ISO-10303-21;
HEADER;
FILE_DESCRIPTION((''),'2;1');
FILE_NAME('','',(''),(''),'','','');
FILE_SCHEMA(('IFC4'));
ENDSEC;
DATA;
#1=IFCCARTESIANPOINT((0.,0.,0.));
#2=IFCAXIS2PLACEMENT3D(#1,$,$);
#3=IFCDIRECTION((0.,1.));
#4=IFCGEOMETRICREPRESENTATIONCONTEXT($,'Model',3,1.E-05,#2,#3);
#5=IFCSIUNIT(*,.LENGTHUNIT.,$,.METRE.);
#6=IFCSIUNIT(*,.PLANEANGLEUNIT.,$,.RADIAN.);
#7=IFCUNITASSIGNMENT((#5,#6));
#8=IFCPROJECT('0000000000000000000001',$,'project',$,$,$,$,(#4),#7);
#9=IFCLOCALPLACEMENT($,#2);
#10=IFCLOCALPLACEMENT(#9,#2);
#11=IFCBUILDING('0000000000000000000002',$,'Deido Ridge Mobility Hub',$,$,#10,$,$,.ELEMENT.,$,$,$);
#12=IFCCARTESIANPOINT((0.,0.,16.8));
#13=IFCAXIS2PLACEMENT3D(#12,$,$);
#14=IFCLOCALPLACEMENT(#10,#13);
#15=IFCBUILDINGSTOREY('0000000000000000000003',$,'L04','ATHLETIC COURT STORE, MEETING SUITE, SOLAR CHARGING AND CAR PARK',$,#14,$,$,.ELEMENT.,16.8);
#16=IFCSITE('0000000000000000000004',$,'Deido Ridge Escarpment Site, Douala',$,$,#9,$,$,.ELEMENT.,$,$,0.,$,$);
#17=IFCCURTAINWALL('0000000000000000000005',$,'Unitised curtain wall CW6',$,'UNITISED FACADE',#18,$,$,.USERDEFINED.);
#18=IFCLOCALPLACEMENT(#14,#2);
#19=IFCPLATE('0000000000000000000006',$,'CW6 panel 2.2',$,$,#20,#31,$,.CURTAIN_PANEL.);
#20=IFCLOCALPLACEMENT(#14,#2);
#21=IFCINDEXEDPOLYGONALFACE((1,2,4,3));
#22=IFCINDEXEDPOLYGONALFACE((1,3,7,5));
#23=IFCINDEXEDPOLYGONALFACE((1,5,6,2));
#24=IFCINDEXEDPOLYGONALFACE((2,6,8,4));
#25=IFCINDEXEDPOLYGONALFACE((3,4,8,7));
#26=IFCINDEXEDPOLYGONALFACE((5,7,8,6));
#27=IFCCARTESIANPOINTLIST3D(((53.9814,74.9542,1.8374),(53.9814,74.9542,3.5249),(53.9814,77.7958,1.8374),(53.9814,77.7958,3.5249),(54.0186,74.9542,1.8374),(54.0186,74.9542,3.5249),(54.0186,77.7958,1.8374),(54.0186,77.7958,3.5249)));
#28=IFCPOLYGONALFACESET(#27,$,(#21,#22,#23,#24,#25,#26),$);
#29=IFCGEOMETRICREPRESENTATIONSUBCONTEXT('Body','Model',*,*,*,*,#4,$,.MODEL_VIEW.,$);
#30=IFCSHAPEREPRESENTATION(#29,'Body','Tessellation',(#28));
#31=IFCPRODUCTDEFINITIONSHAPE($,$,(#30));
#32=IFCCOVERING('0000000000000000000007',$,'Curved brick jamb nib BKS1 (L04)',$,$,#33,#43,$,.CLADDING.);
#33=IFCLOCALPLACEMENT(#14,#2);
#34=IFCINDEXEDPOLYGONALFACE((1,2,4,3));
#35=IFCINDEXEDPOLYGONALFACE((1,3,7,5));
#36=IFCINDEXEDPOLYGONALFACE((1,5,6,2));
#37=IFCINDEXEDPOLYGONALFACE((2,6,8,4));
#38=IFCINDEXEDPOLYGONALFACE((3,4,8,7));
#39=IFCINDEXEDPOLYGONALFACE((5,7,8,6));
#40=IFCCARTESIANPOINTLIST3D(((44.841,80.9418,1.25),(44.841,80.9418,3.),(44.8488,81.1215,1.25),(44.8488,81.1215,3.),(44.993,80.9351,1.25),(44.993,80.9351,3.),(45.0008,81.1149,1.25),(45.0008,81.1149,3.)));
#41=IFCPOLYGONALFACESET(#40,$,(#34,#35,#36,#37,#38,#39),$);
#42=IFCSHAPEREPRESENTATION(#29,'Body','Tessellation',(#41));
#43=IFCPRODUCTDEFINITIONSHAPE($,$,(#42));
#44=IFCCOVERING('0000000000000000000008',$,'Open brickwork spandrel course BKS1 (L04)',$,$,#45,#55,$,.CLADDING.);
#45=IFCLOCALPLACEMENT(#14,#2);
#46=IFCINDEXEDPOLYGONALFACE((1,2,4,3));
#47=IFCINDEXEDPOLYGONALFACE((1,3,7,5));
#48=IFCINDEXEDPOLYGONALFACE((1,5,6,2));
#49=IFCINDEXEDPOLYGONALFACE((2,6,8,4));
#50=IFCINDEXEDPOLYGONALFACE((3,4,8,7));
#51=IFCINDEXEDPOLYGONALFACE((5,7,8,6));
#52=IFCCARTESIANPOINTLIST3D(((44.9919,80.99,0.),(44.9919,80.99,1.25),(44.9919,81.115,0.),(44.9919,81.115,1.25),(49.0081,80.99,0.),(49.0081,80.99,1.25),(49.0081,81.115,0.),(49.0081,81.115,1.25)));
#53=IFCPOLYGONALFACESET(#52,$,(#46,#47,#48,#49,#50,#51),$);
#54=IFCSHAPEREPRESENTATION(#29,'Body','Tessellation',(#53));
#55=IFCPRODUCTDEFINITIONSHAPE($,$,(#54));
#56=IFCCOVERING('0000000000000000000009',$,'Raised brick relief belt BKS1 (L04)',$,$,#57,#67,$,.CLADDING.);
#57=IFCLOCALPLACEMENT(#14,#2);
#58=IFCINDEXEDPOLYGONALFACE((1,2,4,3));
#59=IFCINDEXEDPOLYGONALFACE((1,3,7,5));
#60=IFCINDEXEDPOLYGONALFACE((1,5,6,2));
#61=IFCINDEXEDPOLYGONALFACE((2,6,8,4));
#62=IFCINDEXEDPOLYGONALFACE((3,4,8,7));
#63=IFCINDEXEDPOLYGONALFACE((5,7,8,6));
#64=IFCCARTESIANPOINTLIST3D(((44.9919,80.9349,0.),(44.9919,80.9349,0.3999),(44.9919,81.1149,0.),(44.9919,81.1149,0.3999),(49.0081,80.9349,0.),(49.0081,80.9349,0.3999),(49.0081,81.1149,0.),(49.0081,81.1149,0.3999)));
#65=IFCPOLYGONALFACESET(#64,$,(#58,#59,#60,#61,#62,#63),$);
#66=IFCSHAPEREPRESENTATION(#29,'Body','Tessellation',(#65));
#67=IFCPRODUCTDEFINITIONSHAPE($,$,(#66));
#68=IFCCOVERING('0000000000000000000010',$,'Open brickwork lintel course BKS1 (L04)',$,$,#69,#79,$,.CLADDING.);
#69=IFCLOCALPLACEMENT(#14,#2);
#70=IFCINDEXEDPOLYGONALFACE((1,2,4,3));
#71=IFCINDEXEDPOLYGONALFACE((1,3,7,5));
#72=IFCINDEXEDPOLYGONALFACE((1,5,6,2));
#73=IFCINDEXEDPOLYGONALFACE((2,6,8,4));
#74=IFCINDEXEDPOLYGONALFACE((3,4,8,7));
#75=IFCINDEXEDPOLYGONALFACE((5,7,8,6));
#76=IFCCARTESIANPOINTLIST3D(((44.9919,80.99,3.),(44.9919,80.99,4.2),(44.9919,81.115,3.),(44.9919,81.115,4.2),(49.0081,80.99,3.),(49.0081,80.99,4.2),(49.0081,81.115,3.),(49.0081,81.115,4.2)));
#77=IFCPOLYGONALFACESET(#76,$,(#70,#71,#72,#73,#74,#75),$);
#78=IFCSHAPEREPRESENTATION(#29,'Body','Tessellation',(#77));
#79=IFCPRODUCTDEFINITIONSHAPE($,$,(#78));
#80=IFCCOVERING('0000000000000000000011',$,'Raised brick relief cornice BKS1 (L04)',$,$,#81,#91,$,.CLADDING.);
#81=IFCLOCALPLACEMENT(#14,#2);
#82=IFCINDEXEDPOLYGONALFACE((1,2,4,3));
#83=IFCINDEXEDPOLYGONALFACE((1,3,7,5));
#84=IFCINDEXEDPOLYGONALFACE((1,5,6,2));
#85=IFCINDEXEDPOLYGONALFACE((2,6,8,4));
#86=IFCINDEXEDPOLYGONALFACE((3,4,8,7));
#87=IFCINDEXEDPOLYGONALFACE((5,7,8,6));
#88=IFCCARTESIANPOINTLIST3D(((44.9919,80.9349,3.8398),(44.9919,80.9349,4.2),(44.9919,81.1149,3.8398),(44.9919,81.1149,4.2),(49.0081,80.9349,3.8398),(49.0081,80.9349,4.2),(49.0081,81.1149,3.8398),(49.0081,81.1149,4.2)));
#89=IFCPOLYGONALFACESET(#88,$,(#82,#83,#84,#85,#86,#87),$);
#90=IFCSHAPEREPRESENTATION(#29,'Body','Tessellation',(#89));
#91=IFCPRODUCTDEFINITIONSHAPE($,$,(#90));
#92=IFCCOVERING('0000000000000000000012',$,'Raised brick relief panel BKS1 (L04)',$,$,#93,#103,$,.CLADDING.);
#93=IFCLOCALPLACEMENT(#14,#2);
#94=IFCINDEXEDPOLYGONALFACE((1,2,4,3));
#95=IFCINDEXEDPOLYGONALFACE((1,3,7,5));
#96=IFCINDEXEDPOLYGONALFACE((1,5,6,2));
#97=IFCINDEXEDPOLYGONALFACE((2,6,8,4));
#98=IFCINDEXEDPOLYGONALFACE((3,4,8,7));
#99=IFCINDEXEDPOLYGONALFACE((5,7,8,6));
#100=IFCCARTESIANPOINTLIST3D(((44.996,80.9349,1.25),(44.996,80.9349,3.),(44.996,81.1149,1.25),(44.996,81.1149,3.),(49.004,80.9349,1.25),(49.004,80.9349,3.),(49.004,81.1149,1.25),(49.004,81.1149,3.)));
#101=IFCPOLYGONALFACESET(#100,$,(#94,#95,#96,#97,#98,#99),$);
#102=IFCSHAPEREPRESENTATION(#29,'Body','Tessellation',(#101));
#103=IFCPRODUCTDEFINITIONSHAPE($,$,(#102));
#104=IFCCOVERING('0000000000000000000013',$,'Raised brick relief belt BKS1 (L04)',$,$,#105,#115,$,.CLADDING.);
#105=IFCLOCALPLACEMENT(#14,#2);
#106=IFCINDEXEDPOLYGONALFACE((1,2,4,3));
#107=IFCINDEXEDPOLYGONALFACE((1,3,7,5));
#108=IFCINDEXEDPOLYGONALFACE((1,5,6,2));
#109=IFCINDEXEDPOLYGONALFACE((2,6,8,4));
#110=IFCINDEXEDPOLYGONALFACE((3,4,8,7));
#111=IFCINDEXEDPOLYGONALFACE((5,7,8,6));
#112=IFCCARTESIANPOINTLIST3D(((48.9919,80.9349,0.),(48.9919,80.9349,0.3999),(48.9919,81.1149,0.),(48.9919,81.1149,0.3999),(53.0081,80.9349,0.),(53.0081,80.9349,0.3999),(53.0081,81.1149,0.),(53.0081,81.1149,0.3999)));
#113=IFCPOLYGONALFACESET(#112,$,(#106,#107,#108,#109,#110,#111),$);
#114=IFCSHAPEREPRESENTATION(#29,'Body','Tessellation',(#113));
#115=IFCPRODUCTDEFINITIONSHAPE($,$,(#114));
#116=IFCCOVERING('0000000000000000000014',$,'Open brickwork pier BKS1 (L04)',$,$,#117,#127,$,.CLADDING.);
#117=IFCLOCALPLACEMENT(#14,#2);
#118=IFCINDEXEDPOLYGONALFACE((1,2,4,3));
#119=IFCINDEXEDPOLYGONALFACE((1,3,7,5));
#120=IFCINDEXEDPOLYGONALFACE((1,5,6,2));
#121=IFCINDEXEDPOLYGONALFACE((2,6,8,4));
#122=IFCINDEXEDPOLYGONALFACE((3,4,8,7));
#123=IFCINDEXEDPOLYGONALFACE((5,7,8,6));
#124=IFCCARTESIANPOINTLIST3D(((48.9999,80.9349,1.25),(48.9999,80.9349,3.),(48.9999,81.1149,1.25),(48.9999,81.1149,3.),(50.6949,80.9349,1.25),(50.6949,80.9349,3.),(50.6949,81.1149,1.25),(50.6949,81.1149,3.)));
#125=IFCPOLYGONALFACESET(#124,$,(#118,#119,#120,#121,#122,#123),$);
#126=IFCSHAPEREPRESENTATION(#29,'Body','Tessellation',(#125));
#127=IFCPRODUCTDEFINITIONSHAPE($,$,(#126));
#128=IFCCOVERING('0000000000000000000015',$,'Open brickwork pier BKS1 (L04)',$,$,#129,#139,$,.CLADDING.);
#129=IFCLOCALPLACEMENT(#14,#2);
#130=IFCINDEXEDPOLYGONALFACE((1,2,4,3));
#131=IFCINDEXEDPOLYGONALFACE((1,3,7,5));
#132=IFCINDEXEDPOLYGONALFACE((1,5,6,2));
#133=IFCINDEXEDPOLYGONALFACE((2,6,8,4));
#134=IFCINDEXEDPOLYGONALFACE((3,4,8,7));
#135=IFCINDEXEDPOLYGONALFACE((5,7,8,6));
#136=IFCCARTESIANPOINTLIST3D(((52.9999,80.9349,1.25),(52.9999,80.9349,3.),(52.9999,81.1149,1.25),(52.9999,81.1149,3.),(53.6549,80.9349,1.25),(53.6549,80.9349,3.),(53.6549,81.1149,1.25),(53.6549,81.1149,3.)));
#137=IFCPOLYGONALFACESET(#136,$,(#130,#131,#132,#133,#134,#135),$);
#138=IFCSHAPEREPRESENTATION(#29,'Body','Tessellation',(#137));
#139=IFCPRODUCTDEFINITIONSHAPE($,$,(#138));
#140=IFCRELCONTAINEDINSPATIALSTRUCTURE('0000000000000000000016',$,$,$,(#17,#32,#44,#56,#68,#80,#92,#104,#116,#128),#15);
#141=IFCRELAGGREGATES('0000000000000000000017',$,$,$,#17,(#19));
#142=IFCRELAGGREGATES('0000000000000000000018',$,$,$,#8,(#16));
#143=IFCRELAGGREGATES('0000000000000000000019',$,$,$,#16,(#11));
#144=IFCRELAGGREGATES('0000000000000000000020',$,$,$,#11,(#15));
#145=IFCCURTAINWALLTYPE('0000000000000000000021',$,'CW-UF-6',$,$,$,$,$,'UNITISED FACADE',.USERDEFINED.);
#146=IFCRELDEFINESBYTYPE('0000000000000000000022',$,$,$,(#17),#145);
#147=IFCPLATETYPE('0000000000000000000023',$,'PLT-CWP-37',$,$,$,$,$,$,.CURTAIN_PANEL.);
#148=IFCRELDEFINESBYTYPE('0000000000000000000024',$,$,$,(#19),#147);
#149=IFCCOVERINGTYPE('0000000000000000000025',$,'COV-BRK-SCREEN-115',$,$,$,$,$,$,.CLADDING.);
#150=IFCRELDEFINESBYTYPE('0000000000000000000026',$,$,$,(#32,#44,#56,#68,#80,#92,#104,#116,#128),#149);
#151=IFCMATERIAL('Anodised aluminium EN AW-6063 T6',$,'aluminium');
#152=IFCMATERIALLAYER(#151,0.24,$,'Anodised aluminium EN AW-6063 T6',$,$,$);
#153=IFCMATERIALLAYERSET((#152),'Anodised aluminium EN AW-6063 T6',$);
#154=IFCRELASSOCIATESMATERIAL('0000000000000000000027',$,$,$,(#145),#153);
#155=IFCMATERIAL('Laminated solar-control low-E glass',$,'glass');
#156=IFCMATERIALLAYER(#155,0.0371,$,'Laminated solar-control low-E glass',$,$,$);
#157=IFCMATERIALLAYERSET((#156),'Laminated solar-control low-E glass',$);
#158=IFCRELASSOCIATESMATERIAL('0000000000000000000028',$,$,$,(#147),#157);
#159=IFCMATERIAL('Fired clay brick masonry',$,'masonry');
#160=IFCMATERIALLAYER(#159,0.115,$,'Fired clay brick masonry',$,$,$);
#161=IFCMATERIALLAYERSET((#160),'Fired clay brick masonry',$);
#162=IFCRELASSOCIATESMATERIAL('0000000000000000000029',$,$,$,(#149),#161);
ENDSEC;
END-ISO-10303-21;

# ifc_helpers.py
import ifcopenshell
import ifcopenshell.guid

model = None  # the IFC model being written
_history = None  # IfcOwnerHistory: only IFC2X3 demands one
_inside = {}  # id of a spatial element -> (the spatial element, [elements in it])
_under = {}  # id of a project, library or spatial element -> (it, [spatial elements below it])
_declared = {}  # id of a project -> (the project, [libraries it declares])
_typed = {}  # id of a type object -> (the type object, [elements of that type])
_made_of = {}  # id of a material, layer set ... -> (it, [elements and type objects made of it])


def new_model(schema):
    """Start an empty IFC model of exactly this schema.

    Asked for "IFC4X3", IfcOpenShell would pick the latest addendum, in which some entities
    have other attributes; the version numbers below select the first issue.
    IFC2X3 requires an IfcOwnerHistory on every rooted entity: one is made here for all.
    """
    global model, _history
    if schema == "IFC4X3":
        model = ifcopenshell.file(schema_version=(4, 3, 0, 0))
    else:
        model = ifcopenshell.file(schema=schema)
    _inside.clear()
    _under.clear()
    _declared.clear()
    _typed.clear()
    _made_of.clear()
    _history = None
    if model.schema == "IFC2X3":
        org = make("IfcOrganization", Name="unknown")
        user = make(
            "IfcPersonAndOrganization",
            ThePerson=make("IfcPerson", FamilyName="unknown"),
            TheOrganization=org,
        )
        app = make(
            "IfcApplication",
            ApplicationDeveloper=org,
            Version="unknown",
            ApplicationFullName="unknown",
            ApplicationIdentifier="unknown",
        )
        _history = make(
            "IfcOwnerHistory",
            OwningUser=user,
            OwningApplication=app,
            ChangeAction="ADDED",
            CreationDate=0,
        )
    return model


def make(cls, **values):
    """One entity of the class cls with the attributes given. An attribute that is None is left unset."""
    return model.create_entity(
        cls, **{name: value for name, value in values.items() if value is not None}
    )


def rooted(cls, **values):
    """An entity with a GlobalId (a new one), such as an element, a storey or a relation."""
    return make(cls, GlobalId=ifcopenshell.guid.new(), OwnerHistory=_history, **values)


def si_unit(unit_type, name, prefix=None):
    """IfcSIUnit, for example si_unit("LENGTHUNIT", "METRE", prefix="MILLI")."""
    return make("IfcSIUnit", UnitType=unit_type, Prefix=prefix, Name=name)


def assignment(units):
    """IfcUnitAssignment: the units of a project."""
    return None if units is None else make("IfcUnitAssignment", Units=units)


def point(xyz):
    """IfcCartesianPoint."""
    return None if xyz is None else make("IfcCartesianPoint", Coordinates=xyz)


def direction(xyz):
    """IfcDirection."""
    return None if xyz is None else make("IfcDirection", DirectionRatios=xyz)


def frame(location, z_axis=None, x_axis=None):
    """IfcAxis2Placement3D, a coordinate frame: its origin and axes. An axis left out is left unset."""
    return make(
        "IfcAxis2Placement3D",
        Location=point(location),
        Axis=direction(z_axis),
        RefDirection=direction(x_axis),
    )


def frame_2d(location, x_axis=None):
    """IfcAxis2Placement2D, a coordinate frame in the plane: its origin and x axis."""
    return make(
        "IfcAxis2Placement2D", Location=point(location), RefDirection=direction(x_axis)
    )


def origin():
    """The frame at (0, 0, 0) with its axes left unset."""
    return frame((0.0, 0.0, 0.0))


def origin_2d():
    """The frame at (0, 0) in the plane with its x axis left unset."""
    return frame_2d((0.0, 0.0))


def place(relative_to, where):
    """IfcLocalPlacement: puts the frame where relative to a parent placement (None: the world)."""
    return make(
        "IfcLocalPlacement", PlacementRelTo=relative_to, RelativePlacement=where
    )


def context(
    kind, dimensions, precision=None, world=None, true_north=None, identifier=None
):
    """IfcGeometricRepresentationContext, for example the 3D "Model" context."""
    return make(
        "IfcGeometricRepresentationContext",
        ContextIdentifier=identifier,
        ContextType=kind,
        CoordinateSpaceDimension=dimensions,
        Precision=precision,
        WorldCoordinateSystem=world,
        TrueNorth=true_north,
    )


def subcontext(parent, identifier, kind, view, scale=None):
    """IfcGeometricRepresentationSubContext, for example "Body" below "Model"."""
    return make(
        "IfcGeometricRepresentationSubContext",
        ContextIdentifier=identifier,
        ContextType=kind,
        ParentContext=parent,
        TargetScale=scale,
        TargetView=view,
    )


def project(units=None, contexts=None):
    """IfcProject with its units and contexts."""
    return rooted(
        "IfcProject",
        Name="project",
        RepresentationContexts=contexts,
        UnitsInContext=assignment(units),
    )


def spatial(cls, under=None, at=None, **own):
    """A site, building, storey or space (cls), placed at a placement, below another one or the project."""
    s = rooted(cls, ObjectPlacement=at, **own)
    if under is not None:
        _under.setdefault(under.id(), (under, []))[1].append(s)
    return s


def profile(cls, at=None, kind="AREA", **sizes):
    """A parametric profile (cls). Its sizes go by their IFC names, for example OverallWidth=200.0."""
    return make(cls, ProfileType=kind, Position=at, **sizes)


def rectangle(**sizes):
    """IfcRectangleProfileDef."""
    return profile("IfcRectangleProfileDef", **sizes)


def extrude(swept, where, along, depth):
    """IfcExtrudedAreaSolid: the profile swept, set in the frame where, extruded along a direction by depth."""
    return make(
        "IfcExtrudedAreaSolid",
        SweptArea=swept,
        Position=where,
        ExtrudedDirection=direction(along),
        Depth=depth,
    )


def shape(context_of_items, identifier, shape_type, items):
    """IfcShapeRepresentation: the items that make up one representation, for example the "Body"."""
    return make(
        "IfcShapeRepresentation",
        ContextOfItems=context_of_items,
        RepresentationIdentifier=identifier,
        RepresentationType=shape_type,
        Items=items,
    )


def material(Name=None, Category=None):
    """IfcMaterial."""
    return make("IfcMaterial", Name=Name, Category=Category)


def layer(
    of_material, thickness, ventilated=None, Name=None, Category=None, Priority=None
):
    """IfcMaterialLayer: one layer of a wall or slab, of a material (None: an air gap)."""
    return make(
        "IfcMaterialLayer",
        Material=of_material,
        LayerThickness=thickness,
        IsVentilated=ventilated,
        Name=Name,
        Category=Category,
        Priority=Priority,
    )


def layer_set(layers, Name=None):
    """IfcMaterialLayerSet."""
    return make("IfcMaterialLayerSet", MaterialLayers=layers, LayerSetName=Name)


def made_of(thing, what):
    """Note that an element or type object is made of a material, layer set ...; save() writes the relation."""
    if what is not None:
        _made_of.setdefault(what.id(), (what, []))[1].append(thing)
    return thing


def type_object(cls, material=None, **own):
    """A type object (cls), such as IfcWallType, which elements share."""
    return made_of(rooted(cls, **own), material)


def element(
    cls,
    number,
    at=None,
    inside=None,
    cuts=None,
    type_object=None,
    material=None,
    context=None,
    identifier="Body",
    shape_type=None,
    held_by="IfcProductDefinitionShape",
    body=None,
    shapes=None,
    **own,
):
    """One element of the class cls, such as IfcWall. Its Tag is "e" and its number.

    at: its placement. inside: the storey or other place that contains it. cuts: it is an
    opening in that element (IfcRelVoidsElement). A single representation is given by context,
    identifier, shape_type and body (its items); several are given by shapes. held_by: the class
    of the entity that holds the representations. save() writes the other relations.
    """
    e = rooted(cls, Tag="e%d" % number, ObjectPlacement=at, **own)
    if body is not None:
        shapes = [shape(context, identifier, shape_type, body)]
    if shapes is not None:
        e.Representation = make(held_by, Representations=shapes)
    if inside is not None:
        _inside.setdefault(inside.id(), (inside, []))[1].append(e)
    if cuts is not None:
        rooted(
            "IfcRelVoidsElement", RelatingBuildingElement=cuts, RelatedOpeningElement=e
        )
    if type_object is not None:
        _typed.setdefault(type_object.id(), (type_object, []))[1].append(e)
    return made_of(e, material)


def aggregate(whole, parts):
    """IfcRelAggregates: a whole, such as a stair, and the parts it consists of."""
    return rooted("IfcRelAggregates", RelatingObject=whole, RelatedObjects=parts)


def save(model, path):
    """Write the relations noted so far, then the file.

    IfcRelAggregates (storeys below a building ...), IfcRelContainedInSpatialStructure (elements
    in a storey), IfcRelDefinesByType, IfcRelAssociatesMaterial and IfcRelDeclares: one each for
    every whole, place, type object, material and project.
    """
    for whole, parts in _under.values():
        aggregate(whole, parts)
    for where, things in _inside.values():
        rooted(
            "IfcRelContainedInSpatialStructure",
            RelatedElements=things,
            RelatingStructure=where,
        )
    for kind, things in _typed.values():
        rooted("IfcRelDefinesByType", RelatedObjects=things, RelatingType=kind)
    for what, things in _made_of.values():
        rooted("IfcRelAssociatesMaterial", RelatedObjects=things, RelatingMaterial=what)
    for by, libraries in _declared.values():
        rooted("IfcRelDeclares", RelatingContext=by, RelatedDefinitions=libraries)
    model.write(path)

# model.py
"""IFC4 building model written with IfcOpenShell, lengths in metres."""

from ifc_helpers import new_model, si_unit, direction, frame, origin, origin_2d, place, context, subcontext, project, spatial, rectangle, extrude, material, layer, layer_set, type_object, element, aggregate, save


model = new_model("IFC4")

# Units and contexts
model_context = context("Model", 3, precision=1e-05, world=origin(), true_north=direction((0.0, 1.0)))
body_context = subcontext(model_context, "Body", "Model", "MODEL_VIEW")
ifc_project = project(units=[si_unit("LENGTHUNIT", "METRE"), si_unit("PLANEANGLEUNIT", "RADIAN")], contexts=[model_context])

# Site, building, storey
site_placement = place(None, origin())
site = spatial("IfcSite", under=ifc_project, at=site_placement, Name="Deido Ridge Escarpment Site, Douala", CompositionType="ELEMENT", RefElevation=0.0)
building_placement = place(site_placement, origin())
building = spatial("IfcBuilding", under=site, at=building_placement, Name="Deido Ridge Mobility Hub", CompositionType="ELEMENT")
storey_placement = place(building_placement, frame((0.0, 0.0, 16.8)))
storey = spatial("IfcBuildingStorey", under=building, at=storey_placement, Name="L04", Description="ATHLETIC COURT STORE, MEETING SUITE, SOLAR CHARGING AND CAR PARK", CompositionType="ELEMENT", Elevation=16.8)

# Shared definitions
ifc_material_1 = material(Name="Anodised aluminium EN AW-6063 T6", Category="aluminium")
ifc_layer_1 = layer(ifc_material_1, 0.24, Name="Anodised aluminium EN AW-6063 T6")
ifc_layer_set_1 = layer_set([ifc_layer_1], Name="Anodised aluminium EN AW-6063 T6")
curtain_wall_type = type_object("IfcCurtainWallType", Name="CW-UF-6", ElementType="UNITISED FACADE", PredefinedType="USERDEFINED", material=ifc_layer_set_1)

# Curtain wall
curtain_wall_1_placement = place(storey_placement, origin())
curtain_wall_1 = element("IfcCurtainWall", 1, at=curtain_wall_1_placement, inside=storey, type_object=curtain_wall_type, Name="Unitised curtain wall CW6", ObjectType="UNITISED FACADE", PredefinedType="USERDEFINED")

# Plate
ifc_material_2 = material(Name="Laminated solar-control low-E glass", Category="glass")
ifc_layer_2 = layer(ifc_material_2, 0.0371, Name="Laminated solar-control low-E glass")
ifc_layer_set_2 = layer_set([ifc_layer_2], Name="Laminated solar-control low-E glass")
plate_type = type_object("IfcPlateType", Name="PLT-CWP-37", PredefinedType="CURTAIN_PANEL", material=ifc_layer_set_2)
plate_1_placement = place(storey_placement, frame((54.0, 76.375, 1.8374), z_axis=(0.0, 0.0, 1.0), x_axis=(0.0, 1.0, 0.0)))
plate_1 = element("IfcPlate", 2, at=plate_1_placement, type_object=plate_type, Name="CW6 panel 2.2", PredefinedType="CURTAIN_PANEL", context=body_context, shape_type="SweptSolid", body=[
    extrude(rectangle(XDim=2.8416, YDim=0.0371, at=origin_2d()), origin(), (0.0, 0.0, 1.0), 1.6875),
])
aggregate(curtain_wall_1, [plate_1])

# Coverings
ifc_material_3 = material(Name="Fired clay brick masonry", Category="masonry")
ifc_layer_3 = layer(ifc_material_3, 0.115, Name="Fired clay brick masonry")
ifc_layer_set_3 = layer_set([ifc_layer_3], Name="Fired clay brick masonry")
covering_type = type_object("IfcCoveringType", Name="COV-BRK-SCREEN-115", PredefinedType="CLADDING", material=ifc_layer_set_3)
covering_1_placement = place(storey_placement, frame((44.9209, 81.0283, 1.25), z_axis=(0.0, 0.0, 1.0), x_axis=(0.999049, -0.043602, 0.0)))
element("IfcCovering", 3, at=covering_1_placement, inside=storey, type_object=covering_type, Name="Curved brick jamb nib BKS1 (L04)", PredefinedType="CLADDING", context=body_context, shape_type="SweptSolid", body=[
    extrude(rectangle(XDim=0.1521, YDim=0.1799, at=origin_2d()), origin(), (0.0, 0.0, 1.0), 1.75),
])
covering_2_placement = place(storey_placement, frame((47.0, 81.0525, 0.0), z_axis=(0.0, 0.0, 1.0), x_axis=(1.0, 0.0, 0.0)))
element("IfcCovering", 4, at=covering_2_placement, inside=storey, type_object=covering_type, Name="Open brickwork spandrel course BKS1 (L04)", PredefinedType="CLADDING", context=body_context, shape_type="SweptSolid", body=[
    extrude(rectangle(XDim=4.0161, YDim=0.125, at=origin_2d()), origin(), (0.0, 0.0, 1.0), 1.25),
])
covering_3_placement = place(storey_placement, frame((47.0, 81.0249, 0.0), z_axis=(0.0, 0.0, 1.0), x_axis=(1.0, 0.0, 0.0)))
element("IfcCovering", 5, at=covering_3_placement, inside=storey, type_object=covering_type, Name="Raised brick relief belt BKS1 (L04)", PredefinedType="CLADDING", context=body_context, shape_type="SweptSolid", body=[
    extrude(rectangle(XDim=4.0161, YDim=0.1799, at=origin_2d()), origin(), (0.0, 0.0, 1.0), 0.3999),
])
covering_4_placement = place(storey_placement, frame((47.0, 81.0525, 3.0), z_axis=(0.0, 0.0, 1.0), x_axis=(1.0, 0.0, 0.0)))
element("IfcCovering", 6, at=covering_4_placement, inside=storey, type_object=covering_type, Name="Open brickwork lintel course BKS1 (L04)", PredefinedType="CLADDING", context=body_context, shape_type="SweptSolid", body=[
    extrude(rectangle(XDim=4.0161, YDim=0.125, at=origin_2d()), origin(), (0.0, 0.0, 1.0), 1.2),
])
covering_5_placement = place(storey_placement, frame((47.0, 81.0249, 3.8398), z_axis=(0.0, 0.0, 1.0), x_axis=(1.0, 0.0, 0.0)))
element("IfcCovering", 7, at=covering_5_placement, inside=storey, type_object=covering_type, Name="Raised brick relief cornice BKS1 (L04)", PredefinedType="CLADDING", context=body_context, shape_type="SweptSolid", body=[
    extrude(rectangle(XDim=4.0161, YDim=0.1799, at=origin_2d()), origin(), (0.0, 0.0, 1.0), 0.3601),
])
covering_6_placement = place(storey_placement, frame((47.0, 81.0249, 1.25), z_axis=(0.0, 0.0, 1.0), x_axis=(1.0, 0.0, 0.0)))
element("IfcCovering", 8, at=covering_6_placement, inside=storey, type_object=covering_type, Name="Raised brick relief panel BKS1 (L04)", PredefinedType="CLADDING", context=body_context, shape_type="SweptSolid", body=[
    extrude(rectangle(XDim=4.0081, YDim=0.1799, at=origin_2d()), origin(), (0.0, 0.0, 1.0), 1.75),
])
covering_7_placement = place(storey_placement, frame((51.0, 81.0249, 0.0), z_axis=(0.0, 0.0, 1.0), x_axis=(1.0, 0.0, 0.0)))
element("IfcCovering", 9, at=covering_7_placement, inside=storey, type_object=covering_type, Name="Raised brick relief belt BKS1 (L04)", PredefinedType="CLADDING", context=body_context, shape_type="SweptSolid", body=[
    extrude(rectangle(XDim=4.0161, YDim=0.1799, at=origin_2d()), origin(), (0.0, 0.0, 1.0), 0.3999),
])
covering_8_placement = place(storey_placement, frame((49.8474, 81.0249, 1.25), z_axis=(0.0, 0.0, 1.0), x_axis=(1.0, 0.0, 0.0)))
element("IfcCovering", 10, at=covering_8_placement, inside=storey, type_object=covering_type, Name="Open brickwork pier BKS1 (L04)", PredefinedType="CLADDING", context=body_context, shape_type="SweptSolid", body=[
    extrude(rectangle(XDim=1.6951, YDim=0.1799, at=origin_2d()), origin(), (0.0, 0.0, 1.0), 1.75),
])
covering_9_placement = place(storey_placement, frame((53.3274, 81.0249, 1.25), z_axis=(0.0, 0.0, 1.0), x_axis=(1.0, 0.0, 0.0)))
element("IfcCovering", 11, at=covering_9_placement, inside=storey, type_object=covering_type, Name="Open brickwork pier BKS1 (L04)", PredefinedType="CLADDING", context=body_context, shape_type="SweptSolid", body=[
    extrude(rectangle(XDim=0.655, YDim=0.1799, at=origin_2d()), origin(), (0.0, 0.0, 1.0), 1.75),
])

save(model, "model.ifc")
